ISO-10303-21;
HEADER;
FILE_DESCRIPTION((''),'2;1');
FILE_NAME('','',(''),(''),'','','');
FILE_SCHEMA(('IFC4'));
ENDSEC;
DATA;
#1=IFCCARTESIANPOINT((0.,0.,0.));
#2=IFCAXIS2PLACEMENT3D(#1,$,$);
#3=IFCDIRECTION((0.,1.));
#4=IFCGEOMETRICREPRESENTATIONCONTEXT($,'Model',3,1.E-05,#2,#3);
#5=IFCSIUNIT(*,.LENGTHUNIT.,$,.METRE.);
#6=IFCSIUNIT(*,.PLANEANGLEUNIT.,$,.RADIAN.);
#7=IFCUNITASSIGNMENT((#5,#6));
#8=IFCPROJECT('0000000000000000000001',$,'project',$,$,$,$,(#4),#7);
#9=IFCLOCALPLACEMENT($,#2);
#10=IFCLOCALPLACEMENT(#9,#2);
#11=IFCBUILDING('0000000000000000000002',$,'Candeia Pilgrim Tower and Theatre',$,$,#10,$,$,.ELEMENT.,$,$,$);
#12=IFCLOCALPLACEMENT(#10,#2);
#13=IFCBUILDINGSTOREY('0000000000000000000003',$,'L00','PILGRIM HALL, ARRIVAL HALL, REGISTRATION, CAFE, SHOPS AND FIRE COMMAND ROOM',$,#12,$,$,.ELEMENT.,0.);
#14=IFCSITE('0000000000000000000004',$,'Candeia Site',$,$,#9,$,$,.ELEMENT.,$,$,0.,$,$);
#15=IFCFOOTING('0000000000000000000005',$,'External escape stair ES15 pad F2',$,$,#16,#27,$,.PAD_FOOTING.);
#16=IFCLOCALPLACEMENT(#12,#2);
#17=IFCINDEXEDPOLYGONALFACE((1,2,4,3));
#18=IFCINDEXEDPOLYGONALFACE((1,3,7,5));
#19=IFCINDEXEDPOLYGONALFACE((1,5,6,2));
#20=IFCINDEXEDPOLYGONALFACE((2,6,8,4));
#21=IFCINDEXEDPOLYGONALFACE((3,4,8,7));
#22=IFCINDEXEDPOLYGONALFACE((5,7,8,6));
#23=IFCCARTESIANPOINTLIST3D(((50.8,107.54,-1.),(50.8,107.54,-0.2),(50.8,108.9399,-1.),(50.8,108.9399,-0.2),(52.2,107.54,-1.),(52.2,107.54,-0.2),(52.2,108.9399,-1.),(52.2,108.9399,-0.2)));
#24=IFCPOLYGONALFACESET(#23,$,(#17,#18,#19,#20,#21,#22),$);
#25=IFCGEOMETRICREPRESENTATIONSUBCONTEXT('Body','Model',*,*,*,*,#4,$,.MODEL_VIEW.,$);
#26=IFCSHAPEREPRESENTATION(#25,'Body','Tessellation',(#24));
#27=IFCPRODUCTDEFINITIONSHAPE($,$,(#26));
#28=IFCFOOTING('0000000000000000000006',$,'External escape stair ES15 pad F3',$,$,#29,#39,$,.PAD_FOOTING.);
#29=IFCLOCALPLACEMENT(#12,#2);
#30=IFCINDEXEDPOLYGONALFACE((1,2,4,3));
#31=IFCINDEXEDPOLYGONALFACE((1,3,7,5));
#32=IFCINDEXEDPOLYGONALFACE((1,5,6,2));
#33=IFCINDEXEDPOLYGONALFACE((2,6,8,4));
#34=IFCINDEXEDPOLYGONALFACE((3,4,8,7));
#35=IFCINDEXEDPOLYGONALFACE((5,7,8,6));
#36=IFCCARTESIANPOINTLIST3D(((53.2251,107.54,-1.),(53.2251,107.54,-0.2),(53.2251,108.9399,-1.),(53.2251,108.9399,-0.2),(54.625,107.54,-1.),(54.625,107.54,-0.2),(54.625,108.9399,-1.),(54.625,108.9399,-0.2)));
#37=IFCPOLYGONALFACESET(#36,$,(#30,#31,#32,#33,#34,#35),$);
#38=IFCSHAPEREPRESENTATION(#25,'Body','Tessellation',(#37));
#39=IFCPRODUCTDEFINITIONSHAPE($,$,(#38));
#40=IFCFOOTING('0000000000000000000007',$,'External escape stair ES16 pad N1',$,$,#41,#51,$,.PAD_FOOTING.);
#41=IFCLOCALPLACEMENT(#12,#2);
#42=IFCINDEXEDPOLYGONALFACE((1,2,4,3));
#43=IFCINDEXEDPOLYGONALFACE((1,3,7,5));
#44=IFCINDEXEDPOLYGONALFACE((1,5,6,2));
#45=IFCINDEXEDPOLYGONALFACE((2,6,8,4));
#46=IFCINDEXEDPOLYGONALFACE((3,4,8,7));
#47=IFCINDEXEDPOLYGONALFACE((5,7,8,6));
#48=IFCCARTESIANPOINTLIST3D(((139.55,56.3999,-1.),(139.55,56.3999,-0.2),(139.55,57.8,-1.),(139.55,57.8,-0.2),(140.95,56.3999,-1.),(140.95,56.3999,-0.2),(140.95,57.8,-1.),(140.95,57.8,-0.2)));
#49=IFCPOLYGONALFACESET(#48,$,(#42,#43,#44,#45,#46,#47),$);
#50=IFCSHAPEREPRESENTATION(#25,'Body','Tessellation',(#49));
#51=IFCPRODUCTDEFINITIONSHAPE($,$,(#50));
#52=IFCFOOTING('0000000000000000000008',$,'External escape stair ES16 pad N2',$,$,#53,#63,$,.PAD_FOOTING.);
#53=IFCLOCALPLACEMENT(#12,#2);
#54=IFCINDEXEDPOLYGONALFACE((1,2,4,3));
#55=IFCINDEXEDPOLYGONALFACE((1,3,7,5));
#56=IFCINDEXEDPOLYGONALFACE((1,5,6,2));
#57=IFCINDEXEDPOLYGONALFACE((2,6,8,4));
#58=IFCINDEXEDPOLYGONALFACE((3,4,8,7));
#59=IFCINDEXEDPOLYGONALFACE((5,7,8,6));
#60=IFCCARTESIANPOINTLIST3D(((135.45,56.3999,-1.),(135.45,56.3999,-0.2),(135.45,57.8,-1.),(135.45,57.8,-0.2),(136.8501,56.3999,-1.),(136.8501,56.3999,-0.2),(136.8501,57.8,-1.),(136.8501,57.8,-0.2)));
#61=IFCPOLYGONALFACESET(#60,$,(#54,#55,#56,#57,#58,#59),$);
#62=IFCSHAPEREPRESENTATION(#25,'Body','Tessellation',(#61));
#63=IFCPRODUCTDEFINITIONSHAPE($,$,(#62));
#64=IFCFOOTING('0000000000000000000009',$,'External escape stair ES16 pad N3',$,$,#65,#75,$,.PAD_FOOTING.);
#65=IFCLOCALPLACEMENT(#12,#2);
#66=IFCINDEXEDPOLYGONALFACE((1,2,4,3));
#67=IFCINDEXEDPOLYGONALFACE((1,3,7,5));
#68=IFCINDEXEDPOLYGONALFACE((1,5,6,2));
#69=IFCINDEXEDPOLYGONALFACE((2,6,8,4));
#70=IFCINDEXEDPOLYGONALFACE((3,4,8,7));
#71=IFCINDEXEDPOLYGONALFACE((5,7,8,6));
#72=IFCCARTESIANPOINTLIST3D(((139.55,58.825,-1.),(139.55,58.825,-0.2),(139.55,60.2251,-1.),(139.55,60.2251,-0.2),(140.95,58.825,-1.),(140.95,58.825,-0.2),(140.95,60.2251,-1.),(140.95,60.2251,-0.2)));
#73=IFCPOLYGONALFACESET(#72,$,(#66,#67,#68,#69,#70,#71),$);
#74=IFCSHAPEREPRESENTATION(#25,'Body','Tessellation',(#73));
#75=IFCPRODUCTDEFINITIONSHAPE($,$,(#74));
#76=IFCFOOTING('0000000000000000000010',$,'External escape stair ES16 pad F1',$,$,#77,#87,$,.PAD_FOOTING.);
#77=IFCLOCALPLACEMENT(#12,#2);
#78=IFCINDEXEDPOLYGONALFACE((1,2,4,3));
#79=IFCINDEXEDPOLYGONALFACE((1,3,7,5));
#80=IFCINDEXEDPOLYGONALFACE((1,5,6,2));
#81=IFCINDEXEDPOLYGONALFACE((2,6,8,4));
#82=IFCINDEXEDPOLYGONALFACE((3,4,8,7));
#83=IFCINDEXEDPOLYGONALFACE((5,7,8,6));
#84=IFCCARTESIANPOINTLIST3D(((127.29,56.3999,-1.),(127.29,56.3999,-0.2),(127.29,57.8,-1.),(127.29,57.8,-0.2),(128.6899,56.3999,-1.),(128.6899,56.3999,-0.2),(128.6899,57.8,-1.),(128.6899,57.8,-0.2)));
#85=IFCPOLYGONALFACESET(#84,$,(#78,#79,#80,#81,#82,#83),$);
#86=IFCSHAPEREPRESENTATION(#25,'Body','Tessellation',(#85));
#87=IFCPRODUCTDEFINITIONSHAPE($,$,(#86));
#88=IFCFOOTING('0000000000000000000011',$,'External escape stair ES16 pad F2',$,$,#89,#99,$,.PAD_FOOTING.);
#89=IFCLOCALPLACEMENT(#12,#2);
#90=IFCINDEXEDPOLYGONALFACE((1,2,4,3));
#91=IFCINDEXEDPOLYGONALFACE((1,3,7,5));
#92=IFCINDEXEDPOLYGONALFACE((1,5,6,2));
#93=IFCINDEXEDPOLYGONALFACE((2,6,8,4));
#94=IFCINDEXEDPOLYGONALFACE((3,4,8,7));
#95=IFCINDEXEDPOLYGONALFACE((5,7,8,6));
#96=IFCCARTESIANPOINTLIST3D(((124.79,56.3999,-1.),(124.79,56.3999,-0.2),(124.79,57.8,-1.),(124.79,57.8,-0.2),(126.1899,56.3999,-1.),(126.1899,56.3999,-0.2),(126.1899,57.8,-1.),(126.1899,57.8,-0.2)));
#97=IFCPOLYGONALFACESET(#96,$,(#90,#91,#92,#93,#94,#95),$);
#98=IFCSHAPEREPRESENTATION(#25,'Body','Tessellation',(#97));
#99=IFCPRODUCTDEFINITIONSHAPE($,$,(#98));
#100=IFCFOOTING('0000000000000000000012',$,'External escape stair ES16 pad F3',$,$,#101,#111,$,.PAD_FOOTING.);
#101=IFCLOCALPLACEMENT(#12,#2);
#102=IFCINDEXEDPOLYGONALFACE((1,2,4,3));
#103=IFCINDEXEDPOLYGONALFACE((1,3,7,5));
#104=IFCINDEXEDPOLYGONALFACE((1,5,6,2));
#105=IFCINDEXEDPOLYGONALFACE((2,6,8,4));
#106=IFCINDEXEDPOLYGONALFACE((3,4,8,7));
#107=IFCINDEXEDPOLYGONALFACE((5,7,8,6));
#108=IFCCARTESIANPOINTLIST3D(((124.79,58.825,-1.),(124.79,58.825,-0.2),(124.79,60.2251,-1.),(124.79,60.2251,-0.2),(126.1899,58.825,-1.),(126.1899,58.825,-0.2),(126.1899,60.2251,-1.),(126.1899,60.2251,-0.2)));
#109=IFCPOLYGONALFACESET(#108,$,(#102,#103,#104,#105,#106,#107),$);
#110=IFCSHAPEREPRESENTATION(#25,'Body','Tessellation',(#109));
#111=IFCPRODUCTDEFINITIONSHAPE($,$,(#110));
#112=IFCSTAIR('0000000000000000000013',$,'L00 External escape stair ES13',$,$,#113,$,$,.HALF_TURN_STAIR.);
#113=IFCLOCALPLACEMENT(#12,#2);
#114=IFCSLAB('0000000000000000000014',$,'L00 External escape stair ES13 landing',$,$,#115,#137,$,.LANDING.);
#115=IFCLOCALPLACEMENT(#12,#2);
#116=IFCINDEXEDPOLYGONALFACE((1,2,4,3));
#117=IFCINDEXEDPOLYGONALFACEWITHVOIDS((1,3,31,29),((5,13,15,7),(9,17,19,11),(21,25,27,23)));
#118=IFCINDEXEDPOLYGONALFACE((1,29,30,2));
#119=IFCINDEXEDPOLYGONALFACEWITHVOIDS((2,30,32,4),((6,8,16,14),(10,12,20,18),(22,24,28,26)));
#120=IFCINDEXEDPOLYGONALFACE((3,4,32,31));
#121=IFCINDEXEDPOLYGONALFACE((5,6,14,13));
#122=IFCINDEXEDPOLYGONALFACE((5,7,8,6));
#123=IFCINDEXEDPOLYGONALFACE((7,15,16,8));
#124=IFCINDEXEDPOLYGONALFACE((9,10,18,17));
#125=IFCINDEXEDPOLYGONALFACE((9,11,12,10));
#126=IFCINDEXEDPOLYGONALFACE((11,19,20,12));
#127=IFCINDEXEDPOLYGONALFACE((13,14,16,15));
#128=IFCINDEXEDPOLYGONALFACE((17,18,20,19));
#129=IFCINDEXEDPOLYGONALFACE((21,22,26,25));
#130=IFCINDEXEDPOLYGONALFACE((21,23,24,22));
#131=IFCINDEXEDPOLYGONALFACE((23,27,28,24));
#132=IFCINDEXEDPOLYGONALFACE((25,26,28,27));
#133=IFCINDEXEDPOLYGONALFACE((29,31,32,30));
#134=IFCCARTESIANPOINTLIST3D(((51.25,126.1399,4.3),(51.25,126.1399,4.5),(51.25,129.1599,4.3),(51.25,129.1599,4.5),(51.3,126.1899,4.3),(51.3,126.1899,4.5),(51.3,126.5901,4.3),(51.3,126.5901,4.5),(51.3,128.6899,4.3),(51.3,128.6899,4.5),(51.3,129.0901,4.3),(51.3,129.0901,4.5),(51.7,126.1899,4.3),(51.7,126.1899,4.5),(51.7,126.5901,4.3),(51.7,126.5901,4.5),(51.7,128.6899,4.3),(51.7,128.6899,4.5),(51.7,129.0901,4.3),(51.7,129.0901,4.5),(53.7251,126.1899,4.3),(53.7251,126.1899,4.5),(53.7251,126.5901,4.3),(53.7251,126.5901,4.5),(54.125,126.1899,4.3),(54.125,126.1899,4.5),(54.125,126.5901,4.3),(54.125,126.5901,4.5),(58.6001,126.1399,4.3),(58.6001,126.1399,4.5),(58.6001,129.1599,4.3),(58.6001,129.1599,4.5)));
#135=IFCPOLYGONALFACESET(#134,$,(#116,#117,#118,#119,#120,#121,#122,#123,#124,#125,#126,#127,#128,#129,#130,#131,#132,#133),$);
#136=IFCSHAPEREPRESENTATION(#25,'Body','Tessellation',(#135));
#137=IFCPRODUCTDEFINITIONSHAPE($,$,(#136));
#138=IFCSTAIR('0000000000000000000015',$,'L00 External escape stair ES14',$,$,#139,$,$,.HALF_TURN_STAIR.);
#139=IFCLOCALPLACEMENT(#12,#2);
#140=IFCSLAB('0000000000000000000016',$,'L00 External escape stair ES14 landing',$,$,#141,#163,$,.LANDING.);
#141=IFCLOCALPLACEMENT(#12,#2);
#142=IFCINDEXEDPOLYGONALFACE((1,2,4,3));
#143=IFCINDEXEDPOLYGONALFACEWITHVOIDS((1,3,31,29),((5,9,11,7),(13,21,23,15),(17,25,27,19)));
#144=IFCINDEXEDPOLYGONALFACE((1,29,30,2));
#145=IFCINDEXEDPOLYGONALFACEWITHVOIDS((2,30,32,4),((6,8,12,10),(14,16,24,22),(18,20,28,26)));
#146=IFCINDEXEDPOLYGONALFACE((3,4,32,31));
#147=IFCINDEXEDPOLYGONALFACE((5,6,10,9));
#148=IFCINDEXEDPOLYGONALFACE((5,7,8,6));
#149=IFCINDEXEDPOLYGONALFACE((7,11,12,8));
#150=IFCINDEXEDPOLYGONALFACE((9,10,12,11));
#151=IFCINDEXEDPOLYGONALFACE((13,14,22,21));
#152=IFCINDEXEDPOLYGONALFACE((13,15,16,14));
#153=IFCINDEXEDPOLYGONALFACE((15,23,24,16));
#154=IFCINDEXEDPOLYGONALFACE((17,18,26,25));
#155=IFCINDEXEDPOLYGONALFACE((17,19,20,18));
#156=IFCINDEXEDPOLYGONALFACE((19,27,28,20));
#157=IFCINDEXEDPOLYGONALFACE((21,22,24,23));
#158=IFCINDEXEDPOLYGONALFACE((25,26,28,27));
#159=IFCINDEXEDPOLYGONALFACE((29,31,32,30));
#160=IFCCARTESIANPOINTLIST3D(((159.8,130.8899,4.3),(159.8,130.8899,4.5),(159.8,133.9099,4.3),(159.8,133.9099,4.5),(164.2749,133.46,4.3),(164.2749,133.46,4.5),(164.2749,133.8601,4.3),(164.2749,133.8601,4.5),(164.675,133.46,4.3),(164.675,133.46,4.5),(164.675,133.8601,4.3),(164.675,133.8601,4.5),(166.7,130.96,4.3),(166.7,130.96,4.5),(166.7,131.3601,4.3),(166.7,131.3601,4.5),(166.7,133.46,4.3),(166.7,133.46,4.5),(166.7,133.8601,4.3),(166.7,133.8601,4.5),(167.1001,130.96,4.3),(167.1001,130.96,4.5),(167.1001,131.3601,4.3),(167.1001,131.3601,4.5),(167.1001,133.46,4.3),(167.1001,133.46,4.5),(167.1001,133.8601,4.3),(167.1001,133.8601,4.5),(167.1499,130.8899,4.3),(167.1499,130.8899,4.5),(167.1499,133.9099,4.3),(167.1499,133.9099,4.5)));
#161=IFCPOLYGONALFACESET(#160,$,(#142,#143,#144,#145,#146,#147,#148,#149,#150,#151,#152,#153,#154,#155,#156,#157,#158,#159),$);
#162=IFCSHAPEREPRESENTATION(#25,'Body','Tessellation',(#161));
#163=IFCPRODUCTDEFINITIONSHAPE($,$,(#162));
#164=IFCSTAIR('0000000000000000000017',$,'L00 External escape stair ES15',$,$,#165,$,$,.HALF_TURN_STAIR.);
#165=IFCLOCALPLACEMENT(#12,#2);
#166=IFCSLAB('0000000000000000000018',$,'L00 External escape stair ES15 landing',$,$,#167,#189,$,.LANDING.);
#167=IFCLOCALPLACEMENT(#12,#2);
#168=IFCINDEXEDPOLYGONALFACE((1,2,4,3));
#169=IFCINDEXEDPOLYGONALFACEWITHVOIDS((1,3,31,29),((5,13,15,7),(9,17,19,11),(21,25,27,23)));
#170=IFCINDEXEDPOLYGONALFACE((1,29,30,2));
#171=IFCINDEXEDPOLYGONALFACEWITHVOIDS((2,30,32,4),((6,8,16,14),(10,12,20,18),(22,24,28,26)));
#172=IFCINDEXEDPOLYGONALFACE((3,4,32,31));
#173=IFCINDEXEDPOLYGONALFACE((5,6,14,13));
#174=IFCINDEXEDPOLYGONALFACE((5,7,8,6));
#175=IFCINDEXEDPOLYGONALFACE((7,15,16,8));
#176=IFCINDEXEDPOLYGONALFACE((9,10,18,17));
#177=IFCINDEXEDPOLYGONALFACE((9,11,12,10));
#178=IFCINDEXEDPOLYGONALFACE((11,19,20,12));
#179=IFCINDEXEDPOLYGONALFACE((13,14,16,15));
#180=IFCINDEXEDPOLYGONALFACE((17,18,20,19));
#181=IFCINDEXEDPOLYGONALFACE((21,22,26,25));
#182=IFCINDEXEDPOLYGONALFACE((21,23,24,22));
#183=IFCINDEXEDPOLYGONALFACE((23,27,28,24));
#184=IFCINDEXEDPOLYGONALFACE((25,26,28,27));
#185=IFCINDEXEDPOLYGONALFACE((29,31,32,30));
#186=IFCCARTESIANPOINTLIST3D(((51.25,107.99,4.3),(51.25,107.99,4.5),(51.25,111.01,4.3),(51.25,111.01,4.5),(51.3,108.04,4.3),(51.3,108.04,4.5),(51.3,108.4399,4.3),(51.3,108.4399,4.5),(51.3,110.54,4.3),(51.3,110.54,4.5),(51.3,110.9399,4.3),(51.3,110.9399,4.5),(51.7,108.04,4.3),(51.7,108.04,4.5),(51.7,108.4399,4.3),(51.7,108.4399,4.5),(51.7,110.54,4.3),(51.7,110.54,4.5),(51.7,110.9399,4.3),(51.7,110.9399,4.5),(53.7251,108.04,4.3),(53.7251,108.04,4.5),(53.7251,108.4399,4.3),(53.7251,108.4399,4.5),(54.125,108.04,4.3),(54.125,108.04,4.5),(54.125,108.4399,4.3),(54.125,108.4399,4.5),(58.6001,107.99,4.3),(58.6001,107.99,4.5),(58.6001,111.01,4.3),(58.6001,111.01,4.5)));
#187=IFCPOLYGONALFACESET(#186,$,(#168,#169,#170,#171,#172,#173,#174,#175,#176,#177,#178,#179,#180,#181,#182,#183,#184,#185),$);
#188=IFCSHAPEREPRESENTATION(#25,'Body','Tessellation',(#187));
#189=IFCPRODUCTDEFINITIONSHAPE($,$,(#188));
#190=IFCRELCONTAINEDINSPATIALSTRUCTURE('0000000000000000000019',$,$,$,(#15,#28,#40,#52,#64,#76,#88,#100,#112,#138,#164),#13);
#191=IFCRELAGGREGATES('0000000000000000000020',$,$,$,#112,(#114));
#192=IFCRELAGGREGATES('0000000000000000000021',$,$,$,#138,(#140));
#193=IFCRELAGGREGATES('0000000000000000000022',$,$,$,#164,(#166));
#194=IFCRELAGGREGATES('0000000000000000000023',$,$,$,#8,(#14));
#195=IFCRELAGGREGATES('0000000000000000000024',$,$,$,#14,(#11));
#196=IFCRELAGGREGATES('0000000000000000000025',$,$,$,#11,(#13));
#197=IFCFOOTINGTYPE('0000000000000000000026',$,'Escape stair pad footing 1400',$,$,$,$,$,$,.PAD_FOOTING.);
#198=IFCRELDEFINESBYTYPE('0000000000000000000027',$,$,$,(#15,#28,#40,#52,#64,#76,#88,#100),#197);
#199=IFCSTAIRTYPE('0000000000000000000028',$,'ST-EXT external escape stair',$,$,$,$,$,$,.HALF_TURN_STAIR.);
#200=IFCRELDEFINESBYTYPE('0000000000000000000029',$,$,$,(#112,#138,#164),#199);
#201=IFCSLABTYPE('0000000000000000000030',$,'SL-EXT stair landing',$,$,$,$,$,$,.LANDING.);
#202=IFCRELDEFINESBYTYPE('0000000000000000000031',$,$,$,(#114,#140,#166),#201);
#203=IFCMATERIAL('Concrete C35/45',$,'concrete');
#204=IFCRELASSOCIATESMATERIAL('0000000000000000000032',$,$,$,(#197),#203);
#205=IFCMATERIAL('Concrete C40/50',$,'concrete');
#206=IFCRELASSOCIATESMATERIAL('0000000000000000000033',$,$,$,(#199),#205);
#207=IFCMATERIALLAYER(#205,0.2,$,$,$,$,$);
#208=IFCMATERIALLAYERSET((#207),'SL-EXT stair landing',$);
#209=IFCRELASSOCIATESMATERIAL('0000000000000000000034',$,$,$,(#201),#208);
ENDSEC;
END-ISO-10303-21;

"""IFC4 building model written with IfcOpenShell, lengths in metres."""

from ifc_helpers import new_model, si_unit, direction, frame, origin, place, context, subcontext, project, spatial, polyline, outline, extrude, material, layer, layer_set, type_object, element, aggregate, save


model = new_model("IFC4")

# Units and contexts
model_context = context("Model", 3, precision=1e-05, world=origin(), true_north=direction((0.0, 1.0)))
body_context = subcontext(model_context, "Body", "Model", "MODEL_VIEW")
ifc_project = project(units=[si_unit("LENGTHUNIT", "METRE"), si_unit("PLANEANGLEUNIT", "RADIAN")], contexts=[model_context])

# Site, building, storey
site_placement = place(None, origin())
site = spatial("IfcSite", under=ifc_project, at=site_placement, Name="Candeia Site", CompositionType="ELEMENT", RefElevation=0.0)
building_placement = place(site_placement, origin())
building = spatial("IfcBuilding", under=site, at=building_placement, Name="Candeia Pilgrim Tower and Theatre", CompositionType="ELEMENT")
storey_placement = place(building_placement, origin())
storey = spatial("IfcBuildingStorey", under=building, at=storey_placement, Name="L00", Description="PILGRIM HALL, ARRIVAL HALL, REGISTRATION, CAFE, SHOPS AND FIRE COMMAND ROOM", CompositionType="ELEMENT", Elevation=0.0)

# Footings
ifc_material_1 = material(Name="Concrete C35/45", Category="concrete")
footing_type = type_object("IfcFootingType", Name="Escape stair pad footing 1400", PredefinedType="PAD_FOOTING", material=ifc_material_1)
footing_1_placement = place(storey_placement, frame((0.0, 0.0, -1.0)))
element("IfcFooting", 1, at=footing_1_placement, inside=storey, type_object=footing_type, Name="External escape stair ES15 pad F2", PredefinedType="PAD_FOOTING", context=body_context, shape_type="SweptSolid", body=[
    extrude(outline(polyline([(50.8, 107.54), (52.2, 107.54), (52.2, 108.9399), (50.8, 108.9399), (50.8, 107.54)])), origin(), (0.0, 0.0, 1.0), 0.8),
])
footing_2_placement = place(storey_placement, frame((0.0, 0.0, -1.0)))
element("IfcFooting", 2, at=footing_2_placement, inside=storey, type_object=footing_type, Name="External escape stair ES15 pad F3", PredefinedType="PAD_FOOTING", context=body_context, shape_type="SweptSolid", body=[
    extrude(outline(polyline([(53.2251, 107.54), (54.625, 107.54), (54.625, 108.9399), (53.2251, 108.9399), (53.2251, 107.54)])), origin(), (0.0, 0.0, 1.0), 0.8),
])
footing_3_placement = place(storey_placement, frame((0.0, 0.0, -1.0)))
element("IfcFooting", 3, at=footing_3_placement, inside=storey, type_object=footing_type, Name="External escape stair ES16 pad N1", PredefinedType="PAD_FOOTING", context=body_context, shape_type="SweptSolid", body=[
    extrude(outline(polyline([(139.55, 56.3999), (140.95, 56.3999), (140.95, 57.8), (139.55, 57.8), (139.55, 56.3999)])), origin(), (0.0, 0.0, 1.0), 0.8),
])
footing_4_placement = place(storey_placement, frame((0.0, 0.0, -1.0)))
element("IfcFooting", 4, at=footing_4_placement, inside=storey, type_object=footing_type, Name="External escape stair ES16 pad N2", PredefinedType="PAD_FOOTING", context=body_context, shape_type="SweptSolid", body=[
    extrude(outline(polyline([(135.45, 56.3999), (136.8501, 56.3999), (136.8501, 57.8), (135.45, 57.8), (135.45, 56.3999)])), origin(), (0.0, 0.0, 1.0), 0.8),
])
footing_5_placement = place(storey_placement, frame((0.0, 0.0, -1.0)))
element("IfcFooting", 5, at=footing_5_placement, inside=storey, type_object=footing_type, Name="External escape stair ES16 pad N3", PredefinedType="PAD_FOOTING", context=body_context, shape_type="SweptSolid", body=[
    extrude(outline(polyline([(139.55, 58.825), (140.95, 58.825), (140.95, 60.2251), (139.55, 60.2251), (139.55, 58.825)])), origin(), (0.0, 0.0, 1.0), 0.8),
])
footing_6_placement = place(storey_placement, frame((0.0, 0.0, -1.0)))
element("IfcFooting", 6, at=footing_6_placement, inside=storey, type_object=footing_type, Name="External escape stair ES16 pad F1", PredefinedType="PAD_FOOTING", context=body_context, shape_type="SweptSolid", body=[
    extrude(outline(polyline([(127.29, 56.3999), (128.6899, 56.3999), (128.6899, 57.8), (127.29, 57.8), (127.29, 56.3999)])), origin(), (0.0, 0.0, 1.0), 0.8),
])
footing_7_placement = place(storey_placement, frame((0.0, 0.0, -1.0)))
element("IfcFooting", 7, at=footing_7_placement, inside=storey, type_object=footing_type, Name="External escape stair ES16 pad F2", PredefinedType="PAD_FOOTING", context=body_context, shape_type="SweptSolid", body=[
    extrude(outline(polyline([(124.79, 56.3999), (126.1899, 56.3999), (126.1899, 57.8), (124.79, 57.8), (124.79, 56.3999)])), origin(), (0.0, 0.0, 1.0), 0.8),
])
footing_8_placement = place(storey_placement, frame((0.0, 0.0, -1.0)))
element("IfcFooting", 8, at=footing_8_placement, inside=storey, type_object=footing_type, Name="External escape stair ES16 pad F3", PredefinedType="PAD_FOOTING", context=body_context, shape_type="SweptSolid", body=[
    extrude(outline(polyline([(124.79, 58.825), (126.1899, 58.825), (126.1899, 60.2251), (124.79, 60.2251), (124.79, 58.825)])), origin(), (0.0, 0.0, 1.0), 0.8),
])

# Stairs, slabs
ifc_material_2 = material(Name="Concrete C40/50", Category="concrete")
stair_type = type_object("IfcStairType", Name="ST-EXT external escape stair", PredefinedType="HALF_TURN_STAIR", material=ifc_material_2)
stair_1_placement = place(storey_placement, origin())
stair_1 = element("IfcStair", 9, at=stair_1_placement, inside=storey, type_object=stair_type, Name="L00 External escape stair ES13", PredefinedType="HALF_TURN_STAIR")
ifc_layer_1 = layer(ifc_material_2, 0.2)
ifc_layer_set_1 = layer_set([ifc_layer_1], Name="SL-EXT stair landing")
slab_type_1 = type_object("IfcSlabType", Name="SL-EXT stair landing", PredefinedType="LANDING", material=ifc_layer_set_1)
slab_1_placement = place(storey_placement, frame((0.0, 0.0, 4.3)))
slab_1 = element("IfcSlab", 10, at=slab_1_placement, type_object=slab_type_1, Name="L00 External escape stair ES13 landing", PredefinedType="LANDING", context=body_context, shape_type="SweptSolid", body=[
    extrude(outline(polyline([(58.6001, 129.1599), (58.6001, 126.1399), (51.25, 126.1399), (51.25, 129.1599), (58.6001, 129.1599)]), holes=[polyline([(51.3, 128.6899), (51.7, 128.6899), (51.7, 129.0901), (51.3, 129.0901), (51.3, 128.6899)]), polyline([(51.3, 126.1899), (51.7, 126.1899), (51.7, 126.5901), (51.3, 126.5901), (51.3, 126.1899)]), polyline([(53.7251, 126.1899), (54.125, 126.1899), (54.125, 126.5901), (53.7251, 126.5901), (53.7251, 126.1899)])]), origin(), (0.0, 0.0, 1.0), 0.2),
])
aggregate(stair_1, [slab_1])
stair_2_placement = place(storey_placement, origin())
stair_2 = element("IfcStair", 11, at=stair_2_placement, inside=storey, type_object=stair_type, Name="L00 External escape stair ES14", PredefinedType="HALF_TURN_STAIR")
slab_2_placement = place(storey_placement, frame((0.0, 0.0, 4.3)))
slab_2 = element("IfcSlab", 12, at=slab_2_placement, type_object=slab_type_1, Name="L00 External escape stair ES14 landing", PredefinedType="LANDING", context=body_context, shape_type="SweptSolid", body=[
    extrude(outline(polyline([(159.8, 130.8899), (159.8, 133.9099), (167.1499, 133.9099), (167.1499, 130.8899), (159.8, 130.8899)]), holes=[polyline([(166.7, 130.96), (167.1001, 130.96), (167.1001, 131.3601), (166.7, 131.3601), (166.7, 130.96)]), polyline([(166.7, 133.46), (167.1001, 133.46), (167.1001, 133.8601), (166.7, 133.8601), (166.7, 133.46)]), polyline([(164.2749, 133.46), (164.675, 133.46), (164.675, 133.8601), (164.2749, 133.8601), (164.2749, 133.46)])]), origin(), (0.0, 0.0, 1.0), 0.2),
])
aggregate(stair_2, [slab_2])
stair_3_placement = place(storey_placement, origin())
stair_3 = element("IfcStair", 13, at=stair_3_placement, inside=storey, type_object=stair_type, Name="L00 External escape stair ES15", PredefinedType="HALF_TURN_STAIR")
slab_3_placement = place(storey_placement, frame((0.0, 0.0, 4.3)))
slab_3 = element("IfcSlab", 14, at=slab_3_placement, type_object=slab_type_1, Name="L00 External escape stair ES15 landing", PredefinedType="LANDING", context=body_context, shape_type="SweptSolid", body=[
    extrude(outline(polyline([(58.6001, 111.01), (58.6001, 107.99), (51.25, 107.99), (51.25, 111.01), (58.6001, 111.01)]), holes=[polyline([(51.3, 110.54), (51.7, 110.54), (51.7, 110.9399), (51.3, 110.9399), (51.3, 110.54)]), polyline([(51.3, 108.04), (51.7, 108.04), (51.7, 108.4399), (51.3, 108.4399), (51.3, 108.04)]), polyline([(53.7251, 108.04), (54.125, 108.04), (54.125, 108.4399), (53.7251, 108.4399), (53.7251, 108.04)])]), origin(), (0.0, 0.0, 1.0), 0.2),
])
aggregate(stair_3, [slab_3])

save(model, "model.ifc")
